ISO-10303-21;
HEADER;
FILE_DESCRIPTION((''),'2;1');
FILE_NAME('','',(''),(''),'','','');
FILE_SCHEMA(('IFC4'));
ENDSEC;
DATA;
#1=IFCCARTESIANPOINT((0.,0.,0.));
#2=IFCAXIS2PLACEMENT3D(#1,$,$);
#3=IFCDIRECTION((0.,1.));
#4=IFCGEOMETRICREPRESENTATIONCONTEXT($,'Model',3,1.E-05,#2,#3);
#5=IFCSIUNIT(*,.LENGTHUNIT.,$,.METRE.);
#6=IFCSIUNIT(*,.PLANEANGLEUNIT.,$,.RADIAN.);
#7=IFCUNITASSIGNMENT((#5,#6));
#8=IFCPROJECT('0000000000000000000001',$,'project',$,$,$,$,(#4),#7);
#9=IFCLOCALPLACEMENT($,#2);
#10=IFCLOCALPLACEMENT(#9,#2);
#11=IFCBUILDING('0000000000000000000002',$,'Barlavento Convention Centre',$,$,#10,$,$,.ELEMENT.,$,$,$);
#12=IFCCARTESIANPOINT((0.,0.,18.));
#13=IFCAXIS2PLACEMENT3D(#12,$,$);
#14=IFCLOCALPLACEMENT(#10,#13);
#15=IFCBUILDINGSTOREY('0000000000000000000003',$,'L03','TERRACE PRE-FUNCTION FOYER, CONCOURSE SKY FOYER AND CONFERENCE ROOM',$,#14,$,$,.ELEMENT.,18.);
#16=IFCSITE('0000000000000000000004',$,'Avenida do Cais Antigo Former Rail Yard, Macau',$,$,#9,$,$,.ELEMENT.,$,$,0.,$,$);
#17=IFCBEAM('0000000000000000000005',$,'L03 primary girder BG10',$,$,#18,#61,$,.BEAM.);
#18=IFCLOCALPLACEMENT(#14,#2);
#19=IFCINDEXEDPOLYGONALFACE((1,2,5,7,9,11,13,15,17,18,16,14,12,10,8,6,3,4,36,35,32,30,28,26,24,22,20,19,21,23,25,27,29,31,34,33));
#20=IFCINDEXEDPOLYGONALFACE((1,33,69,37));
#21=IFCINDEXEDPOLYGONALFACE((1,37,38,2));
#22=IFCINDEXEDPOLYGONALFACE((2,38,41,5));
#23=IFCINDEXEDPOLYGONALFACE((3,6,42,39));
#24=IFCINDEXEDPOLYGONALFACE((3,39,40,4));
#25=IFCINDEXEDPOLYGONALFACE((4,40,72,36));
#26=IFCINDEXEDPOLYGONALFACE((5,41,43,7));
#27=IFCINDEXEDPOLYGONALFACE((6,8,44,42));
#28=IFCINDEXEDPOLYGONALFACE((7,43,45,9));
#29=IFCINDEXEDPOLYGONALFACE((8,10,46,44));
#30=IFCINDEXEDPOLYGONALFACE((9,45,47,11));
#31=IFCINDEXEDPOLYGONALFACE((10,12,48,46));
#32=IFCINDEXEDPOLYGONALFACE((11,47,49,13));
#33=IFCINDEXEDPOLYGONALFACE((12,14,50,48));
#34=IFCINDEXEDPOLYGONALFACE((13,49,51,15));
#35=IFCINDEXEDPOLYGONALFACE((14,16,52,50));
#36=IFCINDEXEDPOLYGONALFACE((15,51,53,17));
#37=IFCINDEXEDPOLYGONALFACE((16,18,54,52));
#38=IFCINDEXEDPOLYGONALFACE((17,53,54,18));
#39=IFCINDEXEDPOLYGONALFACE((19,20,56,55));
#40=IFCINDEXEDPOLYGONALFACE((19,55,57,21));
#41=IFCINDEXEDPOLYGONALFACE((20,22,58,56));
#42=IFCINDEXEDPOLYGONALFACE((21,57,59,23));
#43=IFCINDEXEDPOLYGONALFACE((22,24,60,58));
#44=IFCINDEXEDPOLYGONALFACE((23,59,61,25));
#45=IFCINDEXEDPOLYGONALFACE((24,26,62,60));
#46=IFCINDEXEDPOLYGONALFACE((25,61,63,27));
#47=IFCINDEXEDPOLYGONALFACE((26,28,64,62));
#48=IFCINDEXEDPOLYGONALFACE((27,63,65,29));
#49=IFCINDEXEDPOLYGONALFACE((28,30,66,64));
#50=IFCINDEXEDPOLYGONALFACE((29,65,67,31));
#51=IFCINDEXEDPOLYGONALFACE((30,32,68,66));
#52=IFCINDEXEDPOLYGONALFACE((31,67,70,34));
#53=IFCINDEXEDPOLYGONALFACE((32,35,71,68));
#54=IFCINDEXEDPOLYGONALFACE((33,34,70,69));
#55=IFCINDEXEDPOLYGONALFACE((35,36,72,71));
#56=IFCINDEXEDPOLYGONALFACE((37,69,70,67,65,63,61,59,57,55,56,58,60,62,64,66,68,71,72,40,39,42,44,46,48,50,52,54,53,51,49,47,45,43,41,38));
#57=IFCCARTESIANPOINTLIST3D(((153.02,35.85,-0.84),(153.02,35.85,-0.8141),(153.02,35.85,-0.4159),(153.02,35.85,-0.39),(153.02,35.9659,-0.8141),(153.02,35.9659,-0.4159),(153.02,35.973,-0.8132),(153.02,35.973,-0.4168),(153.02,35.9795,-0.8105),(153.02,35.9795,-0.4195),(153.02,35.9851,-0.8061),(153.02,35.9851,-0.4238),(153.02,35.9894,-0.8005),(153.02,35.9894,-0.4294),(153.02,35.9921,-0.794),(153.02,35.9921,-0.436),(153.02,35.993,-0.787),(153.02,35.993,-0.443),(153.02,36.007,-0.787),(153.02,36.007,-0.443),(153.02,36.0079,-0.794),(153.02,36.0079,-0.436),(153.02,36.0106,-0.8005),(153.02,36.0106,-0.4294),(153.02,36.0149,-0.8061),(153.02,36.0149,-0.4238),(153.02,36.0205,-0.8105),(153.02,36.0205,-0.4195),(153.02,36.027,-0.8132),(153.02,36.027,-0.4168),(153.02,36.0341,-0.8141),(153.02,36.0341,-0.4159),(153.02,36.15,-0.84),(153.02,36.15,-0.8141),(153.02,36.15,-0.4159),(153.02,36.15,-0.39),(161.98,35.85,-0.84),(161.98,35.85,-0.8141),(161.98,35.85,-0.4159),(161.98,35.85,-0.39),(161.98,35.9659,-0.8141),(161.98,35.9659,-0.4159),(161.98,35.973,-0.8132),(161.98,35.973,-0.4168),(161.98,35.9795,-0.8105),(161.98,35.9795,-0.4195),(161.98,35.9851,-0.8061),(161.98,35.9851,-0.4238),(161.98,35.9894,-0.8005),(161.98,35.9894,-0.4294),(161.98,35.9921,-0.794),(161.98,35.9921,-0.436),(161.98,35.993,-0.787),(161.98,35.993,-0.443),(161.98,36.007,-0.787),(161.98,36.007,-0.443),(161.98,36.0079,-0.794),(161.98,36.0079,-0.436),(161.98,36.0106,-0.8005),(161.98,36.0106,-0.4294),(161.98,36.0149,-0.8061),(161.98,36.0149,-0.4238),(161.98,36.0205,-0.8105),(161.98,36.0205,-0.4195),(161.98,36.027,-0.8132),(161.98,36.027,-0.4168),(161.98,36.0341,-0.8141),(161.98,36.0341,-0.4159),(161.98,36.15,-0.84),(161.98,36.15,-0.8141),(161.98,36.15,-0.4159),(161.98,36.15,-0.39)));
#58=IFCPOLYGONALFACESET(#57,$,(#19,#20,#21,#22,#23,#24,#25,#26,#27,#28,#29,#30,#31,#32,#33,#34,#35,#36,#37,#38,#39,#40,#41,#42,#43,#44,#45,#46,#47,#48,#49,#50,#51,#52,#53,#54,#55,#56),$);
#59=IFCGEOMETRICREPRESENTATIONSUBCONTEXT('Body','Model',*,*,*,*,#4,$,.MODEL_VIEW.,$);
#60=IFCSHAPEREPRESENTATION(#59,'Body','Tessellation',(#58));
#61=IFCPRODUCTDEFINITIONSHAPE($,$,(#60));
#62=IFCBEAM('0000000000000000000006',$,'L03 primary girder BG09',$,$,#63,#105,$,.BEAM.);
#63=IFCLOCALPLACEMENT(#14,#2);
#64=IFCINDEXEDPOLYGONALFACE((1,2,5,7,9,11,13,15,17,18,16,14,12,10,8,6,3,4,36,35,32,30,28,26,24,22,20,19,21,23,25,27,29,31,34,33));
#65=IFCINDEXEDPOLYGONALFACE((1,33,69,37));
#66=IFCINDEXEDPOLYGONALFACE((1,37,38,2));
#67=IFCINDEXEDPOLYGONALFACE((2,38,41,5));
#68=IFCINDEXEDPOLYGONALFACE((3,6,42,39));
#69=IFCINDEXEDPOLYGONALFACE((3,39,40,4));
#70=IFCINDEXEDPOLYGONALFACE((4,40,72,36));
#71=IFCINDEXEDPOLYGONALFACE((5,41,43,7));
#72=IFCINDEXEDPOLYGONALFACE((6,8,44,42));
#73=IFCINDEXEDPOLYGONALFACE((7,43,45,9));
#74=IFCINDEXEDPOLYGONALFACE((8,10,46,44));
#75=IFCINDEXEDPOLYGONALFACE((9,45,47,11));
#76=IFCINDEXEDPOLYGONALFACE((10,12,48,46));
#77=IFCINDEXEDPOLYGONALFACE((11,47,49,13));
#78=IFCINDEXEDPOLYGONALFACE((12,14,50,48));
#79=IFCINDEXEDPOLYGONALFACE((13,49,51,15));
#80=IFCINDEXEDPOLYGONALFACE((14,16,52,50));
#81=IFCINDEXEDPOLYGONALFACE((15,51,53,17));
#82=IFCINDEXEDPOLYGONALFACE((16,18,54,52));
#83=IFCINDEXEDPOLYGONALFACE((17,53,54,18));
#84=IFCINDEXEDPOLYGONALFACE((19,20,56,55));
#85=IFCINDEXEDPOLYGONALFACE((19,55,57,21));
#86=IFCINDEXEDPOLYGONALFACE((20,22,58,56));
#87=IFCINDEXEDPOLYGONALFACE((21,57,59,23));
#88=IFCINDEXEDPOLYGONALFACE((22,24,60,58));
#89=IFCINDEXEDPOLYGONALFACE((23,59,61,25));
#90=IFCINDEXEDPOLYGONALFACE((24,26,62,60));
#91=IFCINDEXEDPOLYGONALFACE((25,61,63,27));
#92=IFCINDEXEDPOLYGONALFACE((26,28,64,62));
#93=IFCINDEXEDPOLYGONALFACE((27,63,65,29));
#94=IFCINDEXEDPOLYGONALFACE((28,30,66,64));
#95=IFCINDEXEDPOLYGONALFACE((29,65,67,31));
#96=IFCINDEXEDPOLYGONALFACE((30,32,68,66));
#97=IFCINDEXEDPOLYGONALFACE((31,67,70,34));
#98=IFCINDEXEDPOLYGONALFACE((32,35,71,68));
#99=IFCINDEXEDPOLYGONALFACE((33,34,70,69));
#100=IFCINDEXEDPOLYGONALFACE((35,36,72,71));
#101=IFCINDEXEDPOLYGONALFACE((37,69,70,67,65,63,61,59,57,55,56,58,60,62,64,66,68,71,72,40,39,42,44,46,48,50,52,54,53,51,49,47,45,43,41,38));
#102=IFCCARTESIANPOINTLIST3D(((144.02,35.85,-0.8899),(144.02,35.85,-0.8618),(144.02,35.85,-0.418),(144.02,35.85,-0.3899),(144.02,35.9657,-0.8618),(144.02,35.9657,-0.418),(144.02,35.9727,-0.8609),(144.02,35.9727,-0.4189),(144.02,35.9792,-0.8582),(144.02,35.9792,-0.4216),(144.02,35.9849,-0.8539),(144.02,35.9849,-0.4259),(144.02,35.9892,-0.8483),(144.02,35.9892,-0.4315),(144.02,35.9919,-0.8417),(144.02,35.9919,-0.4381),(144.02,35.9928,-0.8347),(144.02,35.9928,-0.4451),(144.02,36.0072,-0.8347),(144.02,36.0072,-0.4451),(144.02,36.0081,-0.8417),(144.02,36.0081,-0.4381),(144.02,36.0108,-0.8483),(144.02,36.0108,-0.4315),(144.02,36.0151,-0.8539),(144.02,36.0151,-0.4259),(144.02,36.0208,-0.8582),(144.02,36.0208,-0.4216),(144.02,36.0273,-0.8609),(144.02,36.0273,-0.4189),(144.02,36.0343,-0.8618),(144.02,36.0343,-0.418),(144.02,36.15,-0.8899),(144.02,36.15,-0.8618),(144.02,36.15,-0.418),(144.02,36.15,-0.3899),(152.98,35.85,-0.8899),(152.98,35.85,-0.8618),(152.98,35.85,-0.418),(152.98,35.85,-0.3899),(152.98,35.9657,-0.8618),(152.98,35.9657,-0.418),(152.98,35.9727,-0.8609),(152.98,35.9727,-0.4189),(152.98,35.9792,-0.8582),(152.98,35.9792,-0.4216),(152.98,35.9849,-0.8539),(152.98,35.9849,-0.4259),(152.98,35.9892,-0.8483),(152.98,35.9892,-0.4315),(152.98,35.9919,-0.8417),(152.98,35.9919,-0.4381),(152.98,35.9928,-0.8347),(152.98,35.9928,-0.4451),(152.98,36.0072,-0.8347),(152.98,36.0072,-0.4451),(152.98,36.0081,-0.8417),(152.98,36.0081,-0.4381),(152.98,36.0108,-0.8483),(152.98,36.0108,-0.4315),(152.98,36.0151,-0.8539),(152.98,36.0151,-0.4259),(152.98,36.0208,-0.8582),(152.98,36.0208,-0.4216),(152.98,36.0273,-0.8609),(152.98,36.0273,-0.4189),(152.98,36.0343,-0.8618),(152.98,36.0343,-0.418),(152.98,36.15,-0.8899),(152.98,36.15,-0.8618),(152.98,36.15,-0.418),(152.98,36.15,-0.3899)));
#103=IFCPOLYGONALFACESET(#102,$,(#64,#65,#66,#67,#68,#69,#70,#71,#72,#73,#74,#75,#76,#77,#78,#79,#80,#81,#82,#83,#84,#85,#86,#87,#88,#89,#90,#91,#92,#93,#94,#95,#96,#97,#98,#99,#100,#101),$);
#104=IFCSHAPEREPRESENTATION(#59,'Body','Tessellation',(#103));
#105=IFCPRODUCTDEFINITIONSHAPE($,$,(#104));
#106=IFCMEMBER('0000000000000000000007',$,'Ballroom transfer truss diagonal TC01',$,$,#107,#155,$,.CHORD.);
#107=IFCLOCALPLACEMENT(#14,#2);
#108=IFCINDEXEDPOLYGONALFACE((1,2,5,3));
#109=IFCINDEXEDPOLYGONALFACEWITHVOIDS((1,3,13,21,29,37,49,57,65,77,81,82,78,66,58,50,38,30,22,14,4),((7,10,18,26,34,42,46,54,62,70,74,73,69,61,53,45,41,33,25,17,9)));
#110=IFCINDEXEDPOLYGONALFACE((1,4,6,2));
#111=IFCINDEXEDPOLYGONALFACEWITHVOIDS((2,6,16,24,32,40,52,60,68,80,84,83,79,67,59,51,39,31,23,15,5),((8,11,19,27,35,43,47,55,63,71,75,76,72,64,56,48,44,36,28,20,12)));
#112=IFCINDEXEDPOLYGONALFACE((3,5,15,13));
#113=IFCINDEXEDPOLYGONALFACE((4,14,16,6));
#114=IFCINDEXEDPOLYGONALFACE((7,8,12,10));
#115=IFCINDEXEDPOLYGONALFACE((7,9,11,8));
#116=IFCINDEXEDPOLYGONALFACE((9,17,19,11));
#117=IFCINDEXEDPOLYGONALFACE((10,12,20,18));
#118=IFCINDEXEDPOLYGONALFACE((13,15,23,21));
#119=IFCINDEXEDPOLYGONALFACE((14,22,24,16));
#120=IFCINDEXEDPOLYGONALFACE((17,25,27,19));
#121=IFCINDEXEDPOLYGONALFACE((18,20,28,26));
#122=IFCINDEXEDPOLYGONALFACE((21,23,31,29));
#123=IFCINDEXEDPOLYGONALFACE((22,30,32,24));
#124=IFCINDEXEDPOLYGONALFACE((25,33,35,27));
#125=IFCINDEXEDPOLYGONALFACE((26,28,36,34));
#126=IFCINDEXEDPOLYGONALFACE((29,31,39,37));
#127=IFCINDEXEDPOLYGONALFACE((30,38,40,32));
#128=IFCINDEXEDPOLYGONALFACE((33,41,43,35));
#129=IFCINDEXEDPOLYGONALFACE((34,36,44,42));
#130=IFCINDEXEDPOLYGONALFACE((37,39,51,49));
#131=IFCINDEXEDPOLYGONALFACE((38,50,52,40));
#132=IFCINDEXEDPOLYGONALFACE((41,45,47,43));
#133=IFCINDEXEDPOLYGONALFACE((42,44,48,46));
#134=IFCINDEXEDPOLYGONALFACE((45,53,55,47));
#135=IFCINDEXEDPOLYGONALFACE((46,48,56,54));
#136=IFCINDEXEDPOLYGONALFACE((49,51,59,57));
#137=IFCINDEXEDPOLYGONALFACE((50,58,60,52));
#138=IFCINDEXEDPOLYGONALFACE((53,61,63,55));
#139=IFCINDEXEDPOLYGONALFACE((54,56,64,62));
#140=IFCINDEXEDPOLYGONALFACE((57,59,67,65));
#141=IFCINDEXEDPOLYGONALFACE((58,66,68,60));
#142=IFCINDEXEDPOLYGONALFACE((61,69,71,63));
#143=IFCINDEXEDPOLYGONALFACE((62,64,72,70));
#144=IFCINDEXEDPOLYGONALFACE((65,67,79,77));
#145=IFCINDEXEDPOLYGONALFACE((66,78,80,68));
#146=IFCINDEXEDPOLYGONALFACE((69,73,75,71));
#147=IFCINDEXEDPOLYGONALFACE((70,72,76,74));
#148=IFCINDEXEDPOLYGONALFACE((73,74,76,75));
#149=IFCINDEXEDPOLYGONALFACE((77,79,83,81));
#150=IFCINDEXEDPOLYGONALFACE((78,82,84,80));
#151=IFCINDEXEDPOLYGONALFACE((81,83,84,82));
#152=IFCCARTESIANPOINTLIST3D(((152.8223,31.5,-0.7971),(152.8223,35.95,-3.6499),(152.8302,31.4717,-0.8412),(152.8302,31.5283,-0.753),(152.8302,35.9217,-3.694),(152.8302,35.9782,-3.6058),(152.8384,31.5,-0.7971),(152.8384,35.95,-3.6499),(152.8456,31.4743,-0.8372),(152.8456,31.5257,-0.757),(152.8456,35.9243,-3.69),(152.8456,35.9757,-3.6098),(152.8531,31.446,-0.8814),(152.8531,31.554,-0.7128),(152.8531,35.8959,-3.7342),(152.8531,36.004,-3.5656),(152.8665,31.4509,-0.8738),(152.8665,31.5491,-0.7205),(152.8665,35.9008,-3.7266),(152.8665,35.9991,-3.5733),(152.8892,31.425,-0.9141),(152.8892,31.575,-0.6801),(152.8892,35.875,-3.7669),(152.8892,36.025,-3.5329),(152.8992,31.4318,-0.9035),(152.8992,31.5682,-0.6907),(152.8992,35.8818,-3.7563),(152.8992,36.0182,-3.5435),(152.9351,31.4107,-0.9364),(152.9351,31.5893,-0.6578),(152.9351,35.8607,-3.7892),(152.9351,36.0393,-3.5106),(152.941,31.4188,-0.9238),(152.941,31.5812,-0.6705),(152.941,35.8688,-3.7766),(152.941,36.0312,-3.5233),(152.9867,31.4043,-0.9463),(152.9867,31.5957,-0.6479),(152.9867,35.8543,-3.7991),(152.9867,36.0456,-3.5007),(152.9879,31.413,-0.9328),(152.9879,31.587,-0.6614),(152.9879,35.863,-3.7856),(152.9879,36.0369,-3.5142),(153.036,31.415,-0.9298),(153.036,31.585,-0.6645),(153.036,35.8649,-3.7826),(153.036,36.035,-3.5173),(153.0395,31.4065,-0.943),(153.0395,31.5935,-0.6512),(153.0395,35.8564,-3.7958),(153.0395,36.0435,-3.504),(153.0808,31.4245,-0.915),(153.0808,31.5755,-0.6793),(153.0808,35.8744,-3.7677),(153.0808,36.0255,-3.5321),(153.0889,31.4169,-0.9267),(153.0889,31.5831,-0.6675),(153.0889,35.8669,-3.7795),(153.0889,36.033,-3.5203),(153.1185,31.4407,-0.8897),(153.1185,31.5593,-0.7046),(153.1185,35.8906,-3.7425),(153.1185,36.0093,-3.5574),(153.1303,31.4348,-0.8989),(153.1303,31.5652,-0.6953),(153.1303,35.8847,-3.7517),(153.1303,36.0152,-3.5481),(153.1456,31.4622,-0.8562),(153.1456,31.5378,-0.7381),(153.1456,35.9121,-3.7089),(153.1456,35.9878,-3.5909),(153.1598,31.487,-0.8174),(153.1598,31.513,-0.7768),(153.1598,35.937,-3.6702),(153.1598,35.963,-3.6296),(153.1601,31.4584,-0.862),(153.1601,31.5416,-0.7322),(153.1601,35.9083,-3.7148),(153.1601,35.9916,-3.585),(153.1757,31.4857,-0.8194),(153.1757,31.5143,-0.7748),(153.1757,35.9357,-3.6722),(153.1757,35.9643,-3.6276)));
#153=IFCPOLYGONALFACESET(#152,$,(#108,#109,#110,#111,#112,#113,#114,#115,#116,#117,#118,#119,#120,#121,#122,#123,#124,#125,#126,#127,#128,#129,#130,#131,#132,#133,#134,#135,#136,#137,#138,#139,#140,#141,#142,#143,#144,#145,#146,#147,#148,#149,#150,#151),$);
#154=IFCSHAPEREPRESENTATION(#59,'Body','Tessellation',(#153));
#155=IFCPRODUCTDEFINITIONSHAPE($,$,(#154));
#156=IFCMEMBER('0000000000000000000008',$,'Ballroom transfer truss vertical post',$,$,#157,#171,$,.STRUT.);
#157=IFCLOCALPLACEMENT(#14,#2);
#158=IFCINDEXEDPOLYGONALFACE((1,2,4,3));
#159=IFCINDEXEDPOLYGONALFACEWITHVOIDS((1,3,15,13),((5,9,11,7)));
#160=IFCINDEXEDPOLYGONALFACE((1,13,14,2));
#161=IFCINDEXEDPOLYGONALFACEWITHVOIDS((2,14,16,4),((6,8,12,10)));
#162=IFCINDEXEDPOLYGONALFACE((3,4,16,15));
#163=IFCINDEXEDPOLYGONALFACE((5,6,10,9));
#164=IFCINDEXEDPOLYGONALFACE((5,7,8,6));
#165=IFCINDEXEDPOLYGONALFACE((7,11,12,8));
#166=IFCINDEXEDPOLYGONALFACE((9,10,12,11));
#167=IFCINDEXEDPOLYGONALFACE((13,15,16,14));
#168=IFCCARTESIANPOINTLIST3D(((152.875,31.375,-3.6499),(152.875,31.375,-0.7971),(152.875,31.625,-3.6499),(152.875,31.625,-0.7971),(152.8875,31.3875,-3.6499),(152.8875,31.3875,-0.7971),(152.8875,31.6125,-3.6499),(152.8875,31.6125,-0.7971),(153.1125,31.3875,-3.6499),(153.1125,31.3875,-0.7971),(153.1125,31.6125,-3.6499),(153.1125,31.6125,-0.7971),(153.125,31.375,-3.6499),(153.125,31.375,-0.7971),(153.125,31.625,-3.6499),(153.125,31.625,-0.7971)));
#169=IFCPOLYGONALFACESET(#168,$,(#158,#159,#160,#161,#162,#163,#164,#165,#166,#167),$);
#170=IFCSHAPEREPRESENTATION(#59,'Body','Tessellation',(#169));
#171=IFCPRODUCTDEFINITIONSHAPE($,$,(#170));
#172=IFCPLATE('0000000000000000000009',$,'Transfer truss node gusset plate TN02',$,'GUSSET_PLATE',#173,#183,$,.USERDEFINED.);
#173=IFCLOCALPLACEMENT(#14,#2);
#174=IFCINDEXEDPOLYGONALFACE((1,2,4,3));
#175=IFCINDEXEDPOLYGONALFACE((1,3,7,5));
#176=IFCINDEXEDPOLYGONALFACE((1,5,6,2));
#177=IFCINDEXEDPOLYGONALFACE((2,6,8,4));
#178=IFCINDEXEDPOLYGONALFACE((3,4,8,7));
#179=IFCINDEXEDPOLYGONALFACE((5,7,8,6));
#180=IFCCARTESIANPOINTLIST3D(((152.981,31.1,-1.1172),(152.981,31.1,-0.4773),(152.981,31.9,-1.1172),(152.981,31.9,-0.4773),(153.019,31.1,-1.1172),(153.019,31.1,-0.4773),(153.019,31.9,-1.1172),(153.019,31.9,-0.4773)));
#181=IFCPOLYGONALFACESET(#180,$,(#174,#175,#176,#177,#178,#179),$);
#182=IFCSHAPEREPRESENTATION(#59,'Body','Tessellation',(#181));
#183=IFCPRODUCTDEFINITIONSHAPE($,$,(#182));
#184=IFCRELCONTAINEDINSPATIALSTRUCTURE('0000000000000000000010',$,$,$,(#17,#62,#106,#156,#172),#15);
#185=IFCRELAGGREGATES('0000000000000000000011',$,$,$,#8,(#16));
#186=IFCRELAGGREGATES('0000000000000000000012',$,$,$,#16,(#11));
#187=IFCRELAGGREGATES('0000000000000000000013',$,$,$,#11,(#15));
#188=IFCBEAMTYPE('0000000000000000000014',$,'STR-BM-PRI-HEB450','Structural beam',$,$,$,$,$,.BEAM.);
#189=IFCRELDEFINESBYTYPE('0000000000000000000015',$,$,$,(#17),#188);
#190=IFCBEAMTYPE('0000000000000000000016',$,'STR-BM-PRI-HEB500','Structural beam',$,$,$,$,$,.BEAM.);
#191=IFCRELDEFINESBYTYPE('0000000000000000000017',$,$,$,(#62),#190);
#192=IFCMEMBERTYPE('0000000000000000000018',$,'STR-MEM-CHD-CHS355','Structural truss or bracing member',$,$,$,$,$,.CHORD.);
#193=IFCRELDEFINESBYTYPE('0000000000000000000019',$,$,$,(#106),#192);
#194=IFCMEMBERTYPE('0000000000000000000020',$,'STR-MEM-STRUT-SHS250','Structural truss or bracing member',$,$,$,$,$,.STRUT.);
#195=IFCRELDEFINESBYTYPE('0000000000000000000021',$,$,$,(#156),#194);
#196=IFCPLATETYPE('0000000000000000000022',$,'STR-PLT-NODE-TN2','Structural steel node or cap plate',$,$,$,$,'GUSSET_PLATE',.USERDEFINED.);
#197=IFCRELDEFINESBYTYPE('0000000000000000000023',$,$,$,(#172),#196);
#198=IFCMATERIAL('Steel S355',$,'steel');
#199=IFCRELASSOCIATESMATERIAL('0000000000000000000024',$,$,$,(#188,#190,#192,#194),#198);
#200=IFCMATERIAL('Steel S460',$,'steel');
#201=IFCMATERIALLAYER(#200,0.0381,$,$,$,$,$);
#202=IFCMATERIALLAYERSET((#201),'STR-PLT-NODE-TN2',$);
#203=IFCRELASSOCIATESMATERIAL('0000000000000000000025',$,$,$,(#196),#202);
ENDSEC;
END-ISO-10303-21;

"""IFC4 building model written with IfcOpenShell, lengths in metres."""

from ifc_helpers import new_model, si_unit, direction, frame, origin, origin_2d, place, context, subcontext, project, spatial, rectangle, hollow_rectangle, hollow_circle, i_section, extrude, material, layer, layer_set, material_profile, profile_set, type_object, element, save


model = new_model("IFC4")

# Units and contexts
model_context = context("Model", 3, precision=1e-05, world=origin(), true_north=direction((0.0, 1.0)))
body_context = subcontext(model_context, "Body", "Model", "MODEL_VIEW")
ifc_project = project(units=[si_unit("LENGTHUNIT", "METRE"), si_unit("PLANEANGLEUNIT", "RADIAN")], contexts=[model_context])

# Site, building, storey
site_placement = place(None, origin())
site = spatial("IfcSite", under=ifc_project, at=site_placement, Name="Avenida do Cais Antigo Former Rail Yard, Macau", CompositionType="ELEMENT", RefElevation=0.0)
building_placement = place(site_placement, origin())
building = spatial("IfcBuilding", under=site, at=building_placement, Name="Barlavento Convention Centre", CompositionType="ELEMENT")
storey_placement = place(building_placement, frame((0.0, 0.0, 18.0)))
storey = spatial("IfcBuildingStorey", under=building, at=storey_placement, Name="L03", Description="TERRACE PRE-FUNCTION FOYER, CONCOURSE SKY FOYER AND CONFERENCE ROOM", CompositionType="ELEMENT", Elevation=18.0)

# Shared definitions
ifc_material_1 = material(Name="Steel S355", Category="steel")

# Beams
ifc_material_profile_1 = material_profile(ifc_material_1, i_section(OverallWidth=0.3, OverallDepth=0.45, WebThickness=0.0139, FlangeThickness=0.0259, FilletRadius=0.0271, at=origin_2d()), Name="HEB 450")
ifc_profile_set_1 = profile_set([ifc_material_profile_1], Name="Steel S355")
beam_type_1 = type_object("IfcBeamType", Name="STR-BM-PRI-HEB450", Description="Structural beam", PredefinedType="BEAM", material=ifc_profile_set_1)
beam_1_placement = place(storey_placement, frame((153.02, 36.0, -0.615), z_axis=(1.0, 0.0, 0.0), x_axis=(0.0, 1.0, 0.0)))
element("IfcBeam", 1, at=beam_1_placement, inside=storey, type_object=beam_type_1, Name="L03 primary girder BG10", PredefinedType="BEAM", context=body_context, shape_type="SweptSolid", body=[
    extrude(i_section(OverallWidth=0.3, OverallDepth=0.45, WebThickness=0.0139, FlangeThickness=0.0259, FilletRadius=0.0271, at=origin_2d()), origin(), (0.0, 0.0, 1.0), 8.96),
])
ifc_material_profile_2 = material_profile(ifc_material_1, i_section(OverallWidth=0.3, OverallDepth=0.5, WebThickness=0.0144, FlangeThickness=0.0281, FilletRadius=0.0271, at=origin_2d()), Name="HEB 500")
ifc_profile_set_2 = profile_set([ifc_material_profile_2], Name="Steel S355")
beam_type_2 = type_object("IfcBeamType", Name="STR-BM-PRI-HEB500", Description="Structural beam", PredefinedType="BEAM", material=ifc_profile_set_2)
beam_2_placement = place(storey_placement, frame((144.02, 36.0, -0.6399), z_axis=(1.0, 0.0, 0.0), x_axis=(0.0, 1.0, 0.0)))
element("IfcBeam", 2, at=beam_2_placement, inside=storey, type_object=beam_type_2, Name="L03 primary girder BG09", PredefinedType="BEAM", context=body_context, shape_type="SweptSolid", body=[
    extrude(i_section(OverallWidth=0.3, OverallDepth=0.5, WebThickness=0.0144, FlangeThickness=0.0281, FilletRadius=0.0271, at=origin_2d()), origin(), (0.0, 0.0, 1.0), 8.96),
])

# Members
ifc_material_profile_3 = material_profile(ifc_material_1, hollow_circle(Radius=0.1777, WallThickness=0.0161, at=origin_2d()), Name="CHS 355.6x16.0")
ifc_profile_set_3 = profile_set([ifc_material_profile_3], Name="Steel S355")
member_type_1 = type_object("IfcMemberType", Name="STR-MEM-CHD-CHS355", Description="Structural truss or bracing member", PredefinedType="CHORD", material=ifc_profile_set_3)
member_1_placement = place(storey_placement, frame((153.0, 31.5, -0.7971), z_axis=(0.0, 0.841858, -0.5397), x_axis=(-1.0, 0.0, 0.0)))
element("IfcMember", 3, at=member_1_placement, inside=storey, type_object=member_type_1, Name="Ballroom transfer truss diagonal TC01", PredefinedType="CHORD", context=body_context, shape_type="SweptSolid", body=[
    extrude(hollow_circle(Radius=0.1777, WallThickness=0.0161, at=origin_2d()), origin(), (0.0, 0.0, 1.0), 5.2859),
])
ifc_material_profile_4 = material_profile(ifc_material_1, hollow_rectangle(XDim=0.25, YDim=0.25, WallThickness=0.0125, at=origin_2d()), Name="SHS 250x250x12.5")
ifc_profile_set_4 = profile_set([ifc_material_profile_4], Name="Steel S355")
member_type_2 = type_object("IfcMemberType", Name="STR-MEM-STRUT-SHS250", Description="Structural truss or bracing member", PredefinedType="STRUT", material=ifc_profile_set_4)
member_2_placement = place(storey_placement, frame((153.0, 31.5, -3.6499), z_axis=(0.0, 0.0, 1.0), x_axis=(1.0, 0.0, 0.0)))
element("IfcMember", 4, at=member_2_placement, inside=storey, type_object=member_type_2, Name="Ballroom transfer truss vertical post", PredefinedType="STRUT", context=body_context, shape_type="SweptSolid", body=[
    extrude(hollow_rectangle(XDim=0.25, YDim=0.25, WallThickness=0.0125, at=origin_2d()), origin(), (0.0, 0.0, 1.0), 2.8528),
])

# Plate
ifc_material_2 = material(Name="Steel S460", Category="steel")
ifc_layer_1 = layer(ifc_material_2, 0.0381)
ifc_layer_set_1 = layer_set([ifc_layer_1], Name="STR-PLT-NODE-TN2")
plate_type = type_object("IfcPlateType", Name="STR-PLT-NODE-TN2", Description="Structural steel node or cap plate", ElementType="GUSSET_PLATE", PredefinedType="USERDEFINED", material=ifc_layer_set_1)
plate_placement = place(storey_placement, frame((153.0, 31.5, -1.1172), z_axis=(0.0, 0.0, 1.0), x_axis=(1.0, 0.0, 0.0)))
element("IfcPlate", 5, at=plate_placement, inside=storey, type_object=plate_type, Name="Transfer truss node gusset plate TN02", ObjectType="GUSSET_PLATE", PredefinedType="USERDEFINED", context=body_context, shape_type="SweptSolid", body=[
    extrude(rectangle(XDim=0.0381, YDim=0.8, at=origin_2d()), origin(), (0.0, 0.0, 1.0), 0.6399),
])

save(model, "model.ifc")
